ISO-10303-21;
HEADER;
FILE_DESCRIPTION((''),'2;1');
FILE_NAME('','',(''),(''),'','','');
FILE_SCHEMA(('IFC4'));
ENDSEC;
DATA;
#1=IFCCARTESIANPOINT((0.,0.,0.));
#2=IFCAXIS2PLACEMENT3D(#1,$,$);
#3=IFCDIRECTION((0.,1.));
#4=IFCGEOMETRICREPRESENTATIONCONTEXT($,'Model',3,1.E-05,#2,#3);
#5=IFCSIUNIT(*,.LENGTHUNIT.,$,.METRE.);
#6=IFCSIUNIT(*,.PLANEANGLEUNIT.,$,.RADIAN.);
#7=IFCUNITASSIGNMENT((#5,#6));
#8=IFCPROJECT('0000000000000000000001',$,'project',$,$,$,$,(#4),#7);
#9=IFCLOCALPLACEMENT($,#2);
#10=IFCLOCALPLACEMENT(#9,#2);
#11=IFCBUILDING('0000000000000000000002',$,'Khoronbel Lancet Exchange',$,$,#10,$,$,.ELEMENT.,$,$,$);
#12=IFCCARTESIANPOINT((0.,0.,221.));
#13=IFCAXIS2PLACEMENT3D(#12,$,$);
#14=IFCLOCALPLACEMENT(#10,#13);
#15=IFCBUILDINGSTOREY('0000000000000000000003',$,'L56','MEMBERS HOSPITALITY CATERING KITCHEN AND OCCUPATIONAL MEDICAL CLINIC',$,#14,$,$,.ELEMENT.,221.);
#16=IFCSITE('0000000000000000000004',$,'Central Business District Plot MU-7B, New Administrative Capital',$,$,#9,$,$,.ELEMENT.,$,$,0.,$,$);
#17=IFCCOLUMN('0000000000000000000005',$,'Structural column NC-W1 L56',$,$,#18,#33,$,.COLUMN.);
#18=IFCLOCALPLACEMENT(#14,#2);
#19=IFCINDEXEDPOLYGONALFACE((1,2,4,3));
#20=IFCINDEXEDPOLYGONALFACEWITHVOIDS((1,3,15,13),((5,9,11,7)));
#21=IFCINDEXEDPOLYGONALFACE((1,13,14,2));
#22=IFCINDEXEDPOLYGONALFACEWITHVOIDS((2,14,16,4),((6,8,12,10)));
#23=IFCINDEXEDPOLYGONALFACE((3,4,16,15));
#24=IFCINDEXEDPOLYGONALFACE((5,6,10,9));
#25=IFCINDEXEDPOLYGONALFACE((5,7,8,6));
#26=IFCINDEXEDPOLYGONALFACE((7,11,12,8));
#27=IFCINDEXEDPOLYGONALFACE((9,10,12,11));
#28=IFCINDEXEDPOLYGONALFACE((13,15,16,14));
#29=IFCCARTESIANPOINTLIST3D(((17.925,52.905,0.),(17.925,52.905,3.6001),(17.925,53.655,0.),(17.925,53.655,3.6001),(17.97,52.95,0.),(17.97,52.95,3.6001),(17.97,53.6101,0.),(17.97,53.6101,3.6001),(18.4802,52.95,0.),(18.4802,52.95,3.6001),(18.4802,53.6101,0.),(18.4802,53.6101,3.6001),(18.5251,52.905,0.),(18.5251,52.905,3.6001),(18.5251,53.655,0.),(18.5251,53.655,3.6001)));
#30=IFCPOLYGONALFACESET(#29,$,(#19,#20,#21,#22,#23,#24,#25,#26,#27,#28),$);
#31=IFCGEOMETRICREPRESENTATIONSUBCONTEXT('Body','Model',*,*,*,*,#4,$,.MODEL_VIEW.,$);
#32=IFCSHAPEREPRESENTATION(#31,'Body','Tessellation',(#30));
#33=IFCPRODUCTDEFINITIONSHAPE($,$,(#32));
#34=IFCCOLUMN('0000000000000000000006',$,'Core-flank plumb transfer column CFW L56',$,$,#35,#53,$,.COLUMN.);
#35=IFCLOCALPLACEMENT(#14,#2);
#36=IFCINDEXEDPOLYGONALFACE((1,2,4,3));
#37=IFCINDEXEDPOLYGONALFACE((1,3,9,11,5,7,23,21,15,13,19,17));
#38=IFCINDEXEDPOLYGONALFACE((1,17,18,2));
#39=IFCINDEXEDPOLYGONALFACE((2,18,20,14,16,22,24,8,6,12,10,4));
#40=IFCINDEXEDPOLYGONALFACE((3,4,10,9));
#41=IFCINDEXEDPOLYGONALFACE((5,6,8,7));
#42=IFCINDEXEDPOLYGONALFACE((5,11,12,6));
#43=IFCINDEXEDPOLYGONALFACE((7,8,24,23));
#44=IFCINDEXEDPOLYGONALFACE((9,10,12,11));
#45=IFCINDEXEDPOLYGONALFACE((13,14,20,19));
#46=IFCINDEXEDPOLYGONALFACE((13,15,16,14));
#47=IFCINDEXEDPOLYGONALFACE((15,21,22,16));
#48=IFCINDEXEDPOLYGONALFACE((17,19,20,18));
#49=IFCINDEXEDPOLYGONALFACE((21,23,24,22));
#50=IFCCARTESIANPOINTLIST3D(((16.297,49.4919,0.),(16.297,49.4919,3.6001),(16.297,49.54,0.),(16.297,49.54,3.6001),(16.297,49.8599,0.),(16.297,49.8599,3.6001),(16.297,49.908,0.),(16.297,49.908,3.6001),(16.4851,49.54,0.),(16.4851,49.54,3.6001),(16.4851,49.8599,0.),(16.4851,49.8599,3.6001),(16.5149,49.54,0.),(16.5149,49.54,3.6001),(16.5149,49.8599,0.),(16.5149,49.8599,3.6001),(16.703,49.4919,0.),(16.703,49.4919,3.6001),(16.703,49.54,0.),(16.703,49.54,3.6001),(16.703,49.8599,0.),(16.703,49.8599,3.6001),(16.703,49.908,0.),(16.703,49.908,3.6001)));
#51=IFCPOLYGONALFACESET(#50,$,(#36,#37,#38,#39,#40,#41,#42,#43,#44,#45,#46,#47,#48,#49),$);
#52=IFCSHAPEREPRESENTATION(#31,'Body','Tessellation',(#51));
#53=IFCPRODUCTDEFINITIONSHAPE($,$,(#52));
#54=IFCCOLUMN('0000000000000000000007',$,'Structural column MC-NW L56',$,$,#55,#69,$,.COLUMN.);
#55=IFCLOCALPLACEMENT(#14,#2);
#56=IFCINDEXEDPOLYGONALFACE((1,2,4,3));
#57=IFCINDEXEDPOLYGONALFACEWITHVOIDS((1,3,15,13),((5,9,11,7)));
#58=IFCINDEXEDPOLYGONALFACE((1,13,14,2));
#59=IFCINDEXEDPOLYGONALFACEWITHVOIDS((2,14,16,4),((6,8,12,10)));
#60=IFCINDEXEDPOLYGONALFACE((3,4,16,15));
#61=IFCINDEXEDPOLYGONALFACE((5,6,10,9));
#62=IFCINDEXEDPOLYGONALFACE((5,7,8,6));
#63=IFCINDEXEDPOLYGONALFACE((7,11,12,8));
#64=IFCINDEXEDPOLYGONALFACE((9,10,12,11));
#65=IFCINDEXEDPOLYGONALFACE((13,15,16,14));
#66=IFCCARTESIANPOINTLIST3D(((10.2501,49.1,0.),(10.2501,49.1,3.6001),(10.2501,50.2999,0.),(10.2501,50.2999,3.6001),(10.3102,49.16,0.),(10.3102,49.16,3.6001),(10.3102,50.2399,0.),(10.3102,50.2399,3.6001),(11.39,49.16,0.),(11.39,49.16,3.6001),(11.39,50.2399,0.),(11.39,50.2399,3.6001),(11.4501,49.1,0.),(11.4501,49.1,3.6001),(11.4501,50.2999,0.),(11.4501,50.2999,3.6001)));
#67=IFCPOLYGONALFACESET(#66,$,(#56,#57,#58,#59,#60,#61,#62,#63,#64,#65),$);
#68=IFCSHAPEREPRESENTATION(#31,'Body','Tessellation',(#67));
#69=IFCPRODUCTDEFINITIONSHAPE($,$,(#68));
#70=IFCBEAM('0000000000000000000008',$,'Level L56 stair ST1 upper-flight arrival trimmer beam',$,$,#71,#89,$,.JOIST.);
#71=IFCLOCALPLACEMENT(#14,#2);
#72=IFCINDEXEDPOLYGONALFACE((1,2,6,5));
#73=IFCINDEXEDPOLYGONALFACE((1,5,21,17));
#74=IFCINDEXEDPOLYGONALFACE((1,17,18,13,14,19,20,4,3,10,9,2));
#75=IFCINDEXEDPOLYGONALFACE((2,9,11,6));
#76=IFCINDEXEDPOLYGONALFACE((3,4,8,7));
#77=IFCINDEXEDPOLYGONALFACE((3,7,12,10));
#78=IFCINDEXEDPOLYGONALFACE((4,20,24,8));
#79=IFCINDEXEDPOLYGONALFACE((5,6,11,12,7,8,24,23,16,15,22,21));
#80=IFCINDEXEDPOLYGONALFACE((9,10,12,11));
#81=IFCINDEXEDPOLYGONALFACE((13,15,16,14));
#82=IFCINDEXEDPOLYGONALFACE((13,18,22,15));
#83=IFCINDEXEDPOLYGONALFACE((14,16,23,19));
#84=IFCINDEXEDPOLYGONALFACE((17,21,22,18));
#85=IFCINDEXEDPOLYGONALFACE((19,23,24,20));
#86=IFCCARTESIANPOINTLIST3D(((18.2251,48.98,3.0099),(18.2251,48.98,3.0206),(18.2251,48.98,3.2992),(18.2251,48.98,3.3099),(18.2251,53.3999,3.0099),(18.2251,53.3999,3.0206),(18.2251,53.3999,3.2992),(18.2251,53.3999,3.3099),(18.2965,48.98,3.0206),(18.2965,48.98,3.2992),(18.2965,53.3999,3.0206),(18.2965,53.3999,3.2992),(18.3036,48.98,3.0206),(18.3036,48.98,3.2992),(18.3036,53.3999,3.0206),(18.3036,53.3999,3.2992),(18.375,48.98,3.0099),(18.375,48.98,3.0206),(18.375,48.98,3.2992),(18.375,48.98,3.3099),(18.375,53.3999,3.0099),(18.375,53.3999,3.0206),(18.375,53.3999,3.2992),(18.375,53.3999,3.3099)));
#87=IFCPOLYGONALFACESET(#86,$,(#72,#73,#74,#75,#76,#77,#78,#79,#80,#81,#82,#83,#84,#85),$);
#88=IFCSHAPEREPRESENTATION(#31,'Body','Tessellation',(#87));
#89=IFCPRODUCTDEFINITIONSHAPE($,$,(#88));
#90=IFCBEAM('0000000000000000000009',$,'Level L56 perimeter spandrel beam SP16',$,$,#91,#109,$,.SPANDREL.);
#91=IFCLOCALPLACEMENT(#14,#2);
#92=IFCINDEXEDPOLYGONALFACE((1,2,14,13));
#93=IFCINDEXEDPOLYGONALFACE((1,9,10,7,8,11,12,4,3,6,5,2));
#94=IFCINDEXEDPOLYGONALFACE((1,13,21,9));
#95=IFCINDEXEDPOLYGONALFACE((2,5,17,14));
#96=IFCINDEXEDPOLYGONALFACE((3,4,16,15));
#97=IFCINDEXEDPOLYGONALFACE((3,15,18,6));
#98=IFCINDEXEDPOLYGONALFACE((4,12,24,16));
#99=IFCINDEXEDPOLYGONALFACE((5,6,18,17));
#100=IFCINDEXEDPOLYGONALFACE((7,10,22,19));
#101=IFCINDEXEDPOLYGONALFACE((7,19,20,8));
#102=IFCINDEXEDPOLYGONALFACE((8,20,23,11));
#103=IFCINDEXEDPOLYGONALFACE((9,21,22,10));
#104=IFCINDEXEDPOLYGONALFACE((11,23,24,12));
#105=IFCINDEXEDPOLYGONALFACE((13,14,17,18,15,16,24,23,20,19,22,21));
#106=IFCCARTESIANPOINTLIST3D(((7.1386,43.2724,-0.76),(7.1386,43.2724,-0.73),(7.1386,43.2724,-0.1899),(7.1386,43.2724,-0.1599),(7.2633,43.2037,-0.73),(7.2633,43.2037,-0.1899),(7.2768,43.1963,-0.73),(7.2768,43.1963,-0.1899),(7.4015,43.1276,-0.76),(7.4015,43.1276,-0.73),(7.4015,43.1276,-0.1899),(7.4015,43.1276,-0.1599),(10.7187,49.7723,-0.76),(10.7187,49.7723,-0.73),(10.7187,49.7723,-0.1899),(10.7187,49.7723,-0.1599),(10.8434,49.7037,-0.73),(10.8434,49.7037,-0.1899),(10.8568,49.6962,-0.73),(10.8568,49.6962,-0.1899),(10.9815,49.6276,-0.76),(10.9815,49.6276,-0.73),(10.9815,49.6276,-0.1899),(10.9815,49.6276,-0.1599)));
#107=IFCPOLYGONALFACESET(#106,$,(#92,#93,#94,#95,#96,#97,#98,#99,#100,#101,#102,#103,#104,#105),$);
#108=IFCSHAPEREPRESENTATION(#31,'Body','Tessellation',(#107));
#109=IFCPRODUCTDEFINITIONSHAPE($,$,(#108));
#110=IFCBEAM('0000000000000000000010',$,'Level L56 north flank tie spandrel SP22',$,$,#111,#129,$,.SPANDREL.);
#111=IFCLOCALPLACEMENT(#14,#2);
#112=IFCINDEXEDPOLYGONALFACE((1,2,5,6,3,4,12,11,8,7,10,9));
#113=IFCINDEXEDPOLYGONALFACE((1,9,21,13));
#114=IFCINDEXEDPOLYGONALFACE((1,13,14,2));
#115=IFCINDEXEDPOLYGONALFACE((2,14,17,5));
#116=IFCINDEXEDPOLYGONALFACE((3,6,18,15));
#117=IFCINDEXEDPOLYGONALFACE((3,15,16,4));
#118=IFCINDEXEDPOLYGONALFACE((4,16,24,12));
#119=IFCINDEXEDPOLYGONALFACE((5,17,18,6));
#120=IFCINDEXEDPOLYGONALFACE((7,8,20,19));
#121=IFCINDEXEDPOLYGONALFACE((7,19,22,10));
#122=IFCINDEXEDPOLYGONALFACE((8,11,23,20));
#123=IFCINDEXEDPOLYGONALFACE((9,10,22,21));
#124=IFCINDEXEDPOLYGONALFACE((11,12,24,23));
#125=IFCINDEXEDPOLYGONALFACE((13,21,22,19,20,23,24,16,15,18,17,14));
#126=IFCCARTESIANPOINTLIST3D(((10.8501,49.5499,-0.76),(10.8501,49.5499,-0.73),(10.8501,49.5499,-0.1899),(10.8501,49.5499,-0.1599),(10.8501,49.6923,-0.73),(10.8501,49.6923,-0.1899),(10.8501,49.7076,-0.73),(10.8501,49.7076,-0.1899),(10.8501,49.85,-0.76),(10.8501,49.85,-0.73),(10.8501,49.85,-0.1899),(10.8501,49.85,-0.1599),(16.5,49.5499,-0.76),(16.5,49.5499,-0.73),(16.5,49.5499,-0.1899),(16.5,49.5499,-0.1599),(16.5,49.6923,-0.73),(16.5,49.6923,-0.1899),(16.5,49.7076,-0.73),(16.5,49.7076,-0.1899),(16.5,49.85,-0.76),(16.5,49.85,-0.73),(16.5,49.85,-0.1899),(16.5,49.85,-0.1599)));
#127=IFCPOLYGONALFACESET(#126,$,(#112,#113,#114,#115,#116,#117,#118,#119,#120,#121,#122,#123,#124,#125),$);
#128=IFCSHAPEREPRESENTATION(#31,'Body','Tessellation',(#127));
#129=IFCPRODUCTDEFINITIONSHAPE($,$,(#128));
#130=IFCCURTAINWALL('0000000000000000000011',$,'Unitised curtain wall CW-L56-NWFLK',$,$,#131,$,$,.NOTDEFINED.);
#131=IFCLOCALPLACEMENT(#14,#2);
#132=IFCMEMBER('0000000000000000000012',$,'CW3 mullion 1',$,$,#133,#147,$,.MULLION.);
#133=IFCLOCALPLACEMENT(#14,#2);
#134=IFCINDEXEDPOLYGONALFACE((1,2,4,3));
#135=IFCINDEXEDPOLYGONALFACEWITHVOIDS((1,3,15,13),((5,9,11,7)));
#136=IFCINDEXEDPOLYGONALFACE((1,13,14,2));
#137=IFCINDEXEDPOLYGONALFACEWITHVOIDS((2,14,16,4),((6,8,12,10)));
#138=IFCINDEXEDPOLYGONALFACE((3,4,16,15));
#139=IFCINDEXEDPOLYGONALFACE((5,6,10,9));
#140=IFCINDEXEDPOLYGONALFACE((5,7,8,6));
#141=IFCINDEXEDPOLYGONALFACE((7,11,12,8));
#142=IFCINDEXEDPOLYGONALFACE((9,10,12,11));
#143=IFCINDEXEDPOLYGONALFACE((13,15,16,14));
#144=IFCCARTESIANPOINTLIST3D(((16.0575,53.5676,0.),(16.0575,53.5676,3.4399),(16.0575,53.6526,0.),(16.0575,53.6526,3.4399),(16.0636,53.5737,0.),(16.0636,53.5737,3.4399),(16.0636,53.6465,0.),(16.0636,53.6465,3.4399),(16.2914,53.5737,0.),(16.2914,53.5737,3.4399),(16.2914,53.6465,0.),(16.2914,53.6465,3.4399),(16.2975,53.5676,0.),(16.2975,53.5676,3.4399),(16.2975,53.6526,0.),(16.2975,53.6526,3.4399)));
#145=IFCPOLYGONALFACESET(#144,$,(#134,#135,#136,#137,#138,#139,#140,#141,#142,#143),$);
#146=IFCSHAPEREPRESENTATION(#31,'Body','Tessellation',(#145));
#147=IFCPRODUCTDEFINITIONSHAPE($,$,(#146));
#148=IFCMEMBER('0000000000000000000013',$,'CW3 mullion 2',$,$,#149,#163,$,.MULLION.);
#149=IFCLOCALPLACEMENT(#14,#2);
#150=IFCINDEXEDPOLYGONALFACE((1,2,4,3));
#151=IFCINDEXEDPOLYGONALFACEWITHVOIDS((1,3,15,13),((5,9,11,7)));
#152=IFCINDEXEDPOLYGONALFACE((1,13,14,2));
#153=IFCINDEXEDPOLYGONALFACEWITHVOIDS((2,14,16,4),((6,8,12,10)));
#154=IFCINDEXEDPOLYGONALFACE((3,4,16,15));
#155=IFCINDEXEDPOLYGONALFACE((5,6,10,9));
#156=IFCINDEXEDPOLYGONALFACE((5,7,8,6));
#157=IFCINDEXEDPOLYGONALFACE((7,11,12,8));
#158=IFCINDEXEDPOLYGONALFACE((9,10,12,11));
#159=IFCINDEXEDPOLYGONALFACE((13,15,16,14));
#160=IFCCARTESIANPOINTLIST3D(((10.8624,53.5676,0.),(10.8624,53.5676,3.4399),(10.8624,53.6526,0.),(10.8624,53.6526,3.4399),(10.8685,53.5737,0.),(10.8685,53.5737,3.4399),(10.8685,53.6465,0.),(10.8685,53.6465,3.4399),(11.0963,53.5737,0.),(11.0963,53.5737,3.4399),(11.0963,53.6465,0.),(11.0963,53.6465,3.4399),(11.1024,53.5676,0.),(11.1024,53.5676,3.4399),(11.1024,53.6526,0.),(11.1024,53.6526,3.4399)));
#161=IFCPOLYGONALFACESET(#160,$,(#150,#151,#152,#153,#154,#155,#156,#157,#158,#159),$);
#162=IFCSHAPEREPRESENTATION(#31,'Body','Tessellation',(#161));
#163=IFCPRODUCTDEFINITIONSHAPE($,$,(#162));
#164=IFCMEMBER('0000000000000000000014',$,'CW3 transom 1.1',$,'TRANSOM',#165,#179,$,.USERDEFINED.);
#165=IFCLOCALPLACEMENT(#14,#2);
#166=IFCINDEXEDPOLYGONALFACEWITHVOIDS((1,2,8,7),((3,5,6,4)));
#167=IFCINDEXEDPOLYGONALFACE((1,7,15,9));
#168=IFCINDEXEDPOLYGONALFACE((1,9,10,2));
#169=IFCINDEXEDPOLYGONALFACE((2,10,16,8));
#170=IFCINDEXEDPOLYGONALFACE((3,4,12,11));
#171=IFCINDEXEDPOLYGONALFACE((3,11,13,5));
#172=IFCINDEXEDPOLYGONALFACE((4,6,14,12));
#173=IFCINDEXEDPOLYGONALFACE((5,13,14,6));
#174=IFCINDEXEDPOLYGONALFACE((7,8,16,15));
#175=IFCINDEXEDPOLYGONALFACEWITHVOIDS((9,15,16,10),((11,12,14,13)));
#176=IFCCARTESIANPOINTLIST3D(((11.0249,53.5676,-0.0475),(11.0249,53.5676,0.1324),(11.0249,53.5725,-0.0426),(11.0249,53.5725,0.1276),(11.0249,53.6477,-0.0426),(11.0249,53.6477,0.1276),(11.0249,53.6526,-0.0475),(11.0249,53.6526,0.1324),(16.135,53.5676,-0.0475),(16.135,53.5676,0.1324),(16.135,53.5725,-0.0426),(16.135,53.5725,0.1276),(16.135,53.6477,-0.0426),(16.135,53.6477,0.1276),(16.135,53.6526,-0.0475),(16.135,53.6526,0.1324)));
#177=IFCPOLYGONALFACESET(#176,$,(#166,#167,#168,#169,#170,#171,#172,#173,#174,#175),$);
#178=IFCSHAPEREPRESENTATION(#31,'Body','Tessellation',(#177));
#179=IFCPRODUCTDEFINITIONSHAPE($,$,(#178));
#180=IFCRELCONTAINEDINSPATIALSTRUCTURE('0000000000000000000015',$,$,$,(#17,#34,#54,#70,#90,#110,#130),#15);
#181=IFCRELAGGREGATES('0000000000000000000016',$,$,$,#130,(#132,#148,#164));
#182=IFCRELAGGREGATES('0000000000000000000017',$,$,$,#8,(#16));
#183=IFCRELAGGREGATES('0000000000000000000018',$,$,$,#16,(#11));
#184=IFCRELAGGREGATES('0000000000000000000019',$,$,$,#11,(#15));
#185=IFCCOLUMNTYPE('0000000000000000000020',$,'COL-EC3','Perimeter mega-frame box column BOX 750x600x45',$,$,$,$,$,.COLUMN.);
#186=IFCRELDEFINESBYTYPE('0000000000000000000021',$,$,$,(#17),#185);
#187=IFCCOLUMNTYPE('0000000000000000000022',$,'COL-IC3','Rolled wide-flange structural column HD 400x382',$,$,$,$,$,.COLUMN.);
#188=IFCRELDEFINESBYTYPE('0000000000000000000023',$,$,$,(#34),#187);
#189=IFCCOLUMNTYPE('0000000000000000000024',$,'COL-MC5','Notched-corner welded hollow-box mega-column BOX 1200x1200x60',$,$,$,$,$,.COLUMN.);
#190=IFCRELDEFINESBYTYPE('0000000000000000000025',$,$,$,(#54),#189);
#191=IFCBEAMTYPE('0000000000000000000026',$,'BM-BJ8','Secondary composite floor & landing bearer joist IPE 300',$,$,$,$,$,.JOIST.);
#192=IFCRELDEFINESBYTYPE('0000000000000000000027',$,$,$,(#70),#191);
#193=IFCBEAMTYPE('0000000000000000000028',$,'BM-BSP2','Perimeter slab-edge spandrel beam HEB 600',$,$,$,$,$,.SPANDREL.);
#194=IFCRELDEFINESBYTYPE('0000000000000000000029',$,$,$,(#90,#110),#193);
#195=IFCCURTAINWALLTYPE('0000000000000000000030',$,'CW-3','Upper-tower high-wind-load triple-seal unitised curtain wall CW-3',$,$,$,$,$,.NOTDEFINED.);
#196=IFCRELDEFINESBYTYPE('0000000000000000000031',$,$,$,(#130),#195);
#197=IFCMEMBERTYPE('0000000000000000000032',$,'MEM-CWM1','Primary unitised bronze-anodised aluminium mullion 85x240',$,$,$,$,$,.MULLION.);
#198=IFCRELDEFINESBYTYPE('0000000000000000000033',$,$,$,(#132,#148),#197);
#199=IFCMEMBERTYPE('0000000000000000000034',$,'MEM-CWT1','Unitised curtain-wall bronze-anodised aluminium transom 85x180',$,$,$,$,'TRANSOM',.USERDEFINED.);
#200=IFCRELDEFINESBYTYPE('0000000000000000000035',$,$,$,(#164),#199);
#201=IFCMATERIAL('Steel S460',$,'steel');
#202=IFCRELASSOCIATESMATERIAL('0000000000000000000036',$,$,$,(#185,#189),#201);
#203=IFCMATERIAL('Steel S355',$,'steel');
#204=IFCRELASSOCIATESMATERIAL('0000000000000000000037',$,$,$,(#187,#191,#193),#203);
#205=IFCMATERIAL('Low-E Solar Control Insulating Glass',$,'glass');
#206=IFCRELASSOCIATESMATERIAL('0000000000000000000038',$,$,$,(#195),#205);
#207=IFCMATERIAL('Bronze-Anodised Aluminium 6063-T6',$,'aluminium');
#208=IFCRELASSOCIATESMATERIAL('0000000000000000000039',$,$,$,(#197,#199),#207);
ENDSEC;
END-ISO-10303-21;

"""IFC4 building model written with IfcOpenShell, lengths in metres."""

from ifc_helpers import new_model, si_unit, direction, frame, origin, origin_2d, place, context, subcontext, project, spatial, hollow_rectangle, i_section, extrude, material, material_profile, profile_set, type_object, element, aggregate, save


model = new_model("IFC4")

# Units and contexts
model_context = context("Model", 3, precision=1e-05, world=origin(), true_north=direction((0.0, 1.0)))
body_context = subcontext(model_context, "Body", "Model", "MODEL_VIEW")
ifc_project = project(units=[si_unit("LENGTHUNIT", "METRE"), si_unit("PLANEANGLEUNIT", "RADIAN")], contexts=[model_context])

# Site, building, storey
site_placement = place(None, origin())
site = spatial("IfcSite", under=ifc_project, at=site_placement, Name="Central Business District Plot MU-7B, New Administrative Capital", CompositionType="ELEMENT", RefElevation=0.0)
building_placement = place(site_placement, origin())
building = spatial("IfcBuilding", under=site, at=building_placement, Name="Khoronbel Lancet Exchange", CompositionType="ELEMENT")
storey_placement = place(building_placement, frame((0.0, 0.0, 221.0)))
storey = spatial("IfcBuildingStorey", under=building, at=storey_placement, Name="L56", Description="MEMBERS HOSPITALITY CATERING KITCHEN AND OCCUPATIONAL MEDICAL CLINIC", CompositionType="ELEMENT", Elevation=221.0)

# Columns
ifc_material_1 = material(Name="Steel S460", Category="steel")
ifc_material_profile_1 = material_profile(ifc_material_1, hollow_rectangle(XDim=0.6001, YDim=0.75, WallThickness=0.0449, at=origin_2d()), Name="BOX 750x600x45")
ifc_profile_set_1 = profile_set([ifc_material_profile_1], Name="Steel S460")
column_type_1 = type_object("IfcColumnType", Name="COL-EC3", Description="Perimeter mega-frame box column BOX 750x600x45", PredefinedType="COLUMN", material=ifc_profile_set_1)
column_1_placement = place(storey_placement, frame((18.2251, 53.28, 0.0), z_axis=(0.0, 0.0, 1.0), x_axis=(1.0, 0.0, 0.0)))
element("IfcColumn", 1, at=column_1_placement, inside=storey, type_object=column_type_1, Name="Structural column NC-W1 L56", PredefinedType="COLUMN", context=body_context, shape_type="SweptSolid", body=[
    extrude(hollow_rectangle(XDim=0.6001, YDim=0.75, WallThickness=0.0449, at=origin_2d()), origin(), (0.0, 0.0, 1.0), 3.6001),
])
ifc_material_2 = material(Name="Steel S355", Category="steel")
ifc_material_profile_2 = material_profile(ifc_material_2, i_section(OverallWidth=0.406, OverallDepth=0.416, WebThickness=0.0298, FlangeThickness=0.0481, at=origin_2d()), Name="HD 400x382")
ifc_profile_set_2 = profile_set([ifc_material_profile_2], Name="Steel S355")
column_type_2 = type_object("IfcColumnType", Name="COL-IC3", Description="Rolled wide-flange structural column HD 400x382", PredefinedType="COLUMN", material=ifc_profile_set_2)
column_2_placement = place(storey_placement, frame((16.5, 49.7, 0.0), z_axis=(0.0, 0.0, 1.0), x_axis=(1.0, 0.0, 0.0)))
element("IfcColumn", 2, at=column_2_placement, inside=storey, type_object=column_type_2, Name="Core-flank plumb transfer column CFW L56", PredefinedType="COLUMN", context=body_context, shape_type="SweptSolid", body=[
    extrude(i_section(OverallWidth=0.406, OverallDepth=0.416, WebThickness=0.0298, FlangeThickness=0.0481, at=origin_2d()), origin(), (0.0, 0.0, 1.0), 3.6001),
])
ifc_material_profile_3 = material_profile(ifc_material_1, hollow_rectangle(XDim=1.2, YDim=1.2, WallThickness=0.0601, at=origin_2d()), Name="BOX 1200x1200x60")
ifc_profile_set_3 = profile_set([ifc_material_profile_3], Name="Steel S460")
column_type_3 = type_object("IfcColumnType", Name="COL-MC5", Description="Notched-corner welded hollow-box mega-column BOX 1200x1200x60", PredefinedType="COLUMN", material=ifc_profile_set_3)
column_3_placement = place(storey_placement, frame((10.8501, 49.7, 0.0), z_axis=(0.0, 0.0, 1.0), x_axis=(1.0, 0.0, 0.0)))
element("IfcColumn", 3, at=column_3_placement, inside=storey, type_object=column_type_3, Name="Structural column MC-NW L56", PredefinedType="COLUMN", context=body_context, shape_type="SweptSolid", body=[
    extrude(hollow_rectangle(XDim=1.2, YDim=1.2, WallThickness=0.0601, at=origin_2d()), origin(), (0.0, 0.0, 1.0), 3.6001),
])

# Beams
ifc_material_profile_4 = material_profile(ifc_material_2, i_section(OverallWidth=0.1499, OverallDepth=0.3, WebThickness=0.0071, FlangeThickness=0.0107, at=origin_2d()), Name="IPE 300")
ifc_profile_set_4 = profile_set([ifc_material_profile_4], Name="Steel S355")
beam_type_1 = type_object("IfcBeamType", Name="BM-BJ8", Description="Secondary composite floor & landing bearer joist IPE 300", PredefinedType="JOIST", material=ifc_profile_set_4)
beam_1_placement = place(storey_placement, frame((18.3, 48.98, 3.1599), z_axis=(0.0, 1.0, 0.0), x_axis=(-1.0, 0.0, 0.0)))
element("IfcBeam", 4, at=beam_1_placement, inside=storey, type_object=beam_type_1, Name="Level L56 stair ST1 upper-flight arrival trimmer beam", PredefinedType="JOIST", context=body_context, shape_type="SweptSolid", body=[
    extrude(i_section(OverallWidth=0.1499, OverallDepth=0.3, WebThickness=0.0071, FlangeThickness=0.0107, at=origin_2d()), origin(), (0.0, 0.0, 1.0), 4.4199),
])
ifc_material_profile_5 = material_profile(ifc_material_2, i_section(OverallWidth=0.3, OverallDepth=0.6001, WebThickness=0.0154, FlangeThickness=0.03, at=origin_2d()), Name="HEB 600")
ifc_profile_set_5 = profile_set([ifc_material_profile_5], Name="Steel S355")
beam_type_2 = type_object("IfcBeamType", Name="BM-BSP2", Description="Perimeter slab-edge spandrel beam HEB 600", PredefinedType="SPANDREL", material=ifc_profile_set_5)
beam_2_placement = place(storey_placement, frame((10.8501, 49.7, -0.46), z_axis=(-0.482444, -0.875927, 0.0), x_axis=(0.875927, -0.482444, 0.0)))
element("IfcBeam", 5, at=beam_2_placement, inside=storey, type_object=beam_type_2, Name="Level L56 perimeter spandrel beam SP16", PredefinedType="SPANDREL", context=body_context, shape_type="SweptSolid", body=[
    extrude(i_section(OverallWidth=0.3, OverallDepth=0.6001, WebThickness=0.0154, FlangeThickness=0.03, at=origin_2d()), origin(), (0.0, 0.0, 1.0), 7.4207),
])
beam_3_placement = place(storey_placement, frame((10.8501, 49.7, -0.46), z_axis=(1.0, 0.0, 0.0), x_axis=(0.0, 1.0, 0.0)))
element("IfcBeam", 6, at=beam_3_placement, inside=storey, type_object=beam_type_2, Name="Level L56 north flank tie spandrel SP22", PredefinedType="SPANDREL", context=body_context, shape_type="SweptSolid", body=[
    extrude(i_section(OverallWidth=0.3, OverallDepth=0.6001, WebThickness=0.0154, FlangeThickness=0.03, at=origin_2d()), origin(), (0.0, 0.0, 1.0), 5.6499),
])

# Curtain wall, members
ifc_material_3 = material(Name="Low-E Solar Control Insulating Glass", Category="glass")
curtain_wall_type = type_object("IfcCurtainWallType", Name="CW-3", Description="Upper-tower high-wind-load triple-seal unitised curtain wall CW-3", PredefinedType="NOTDEFINED", material=ifc_material_3)
curtain_wall_placement = place(storey_placement, origin())
curtain_wall = element("IfcCurtainWall", 7, at=curtain_wall_placement, inside=storey, type_object=curtain_wall_type, Name="Unitised curtain wall CW-L56-NWFLK", PredefinedType="NOTDEFINED")
ifc_material_4 = material(Name="Bronze-Anodised Aluminium 6063-T6", Category="aluminium")
ifc_material_profile_6 = material_profile(ifc_material_4, hollow_rectangle(XDim=0.085, YDim=0.24, WallThickness=0.0061, at=origin_2d()), Name="ALU MULLION 85x240")
ifc_profile_set_6 = profile_set([ifc_material_profile_6], Name="Bronze-Anodised Aluminium 6063-T6")
member_type_1 = type_object("IfcMemberType", Name="MEM-CWM1", Description="Primary unitised bronze-anodised aluminium mullion 85x240", PredefinedType="MULLION", material=ifc_profile_set_6)
member_1_placement = place(storey_placement, frame((16.1775, 53.6101, 0.0), z_axis=(0.0, 0.0, 1.0), x_axis=(0.0, -1.0, 0.0)))
member_1 = element("IfcMember", 8, at=member_1_placement, type_object=member_type_1, Name="CW3 mullion 1", PredefinedType="MULLION", context=body_context, shape_type="SweptSolid", body=[
    extrude(hollow_rectangle(XDim=0.085, YDim=0.24, WallThickness=0.0061, at=origin_2d()), origin(), (0.0, 0.0, 1.0), 3.4399),
])
member_2_placement = place(storey_placement, frame((10.9824, 53.6101, 0.0), z_axis=(0.0, 0.0, 1.0), x_axis=(0.0, -1.0, 0.0)))
member_2 = element("IfcMember", 9, at=member_2_placement, type_object=member_type_1, Name="CW3 mullion 2", PredefinedType="MULLION", context=body_context, shape_type="SweptSolid", body=[
    extrude(hollow_rectangle(XDim=0.085, YDim=0.24, WallThickness=0.0061, at=origin_2d()), origin(), (0.0, 0.0, 1.0), 3.4399),
])
ifc_material_profile_7 = material_profile(ifc_material_4, hollow_rectangle(XDim=0.085, YDim=0.1799, WallThickness=0.0049, at=origin_2d()), Name="ALU TRANSOM 85x180")
ifc_profile_set_7 = profile_set([ifc_material_profile_7], Name="Bronze-Anodised Aluminium 6063-T6")
member_type_2 = type_object("IfcMemberType", Name="MEM-CWT1", Description="Unitised curtain-wall bronze-anodised aluminium transom 85x180", ElementType="TRANSOM", PredefinedType="USERDEFINED", material=ifc_profile_set_7)
member_3_placement = place(storey_placement, frame((16.135, 53.6101, 0.0425), z_axis=(-1.0, 0.0, 0.0), x_axis=(0.0, -1.0, 0.0)))
member_3 = element("IfcMember", 10, at=member_3_placement, type_object=member_type_2, Name="CW3 transom 1.1", ObjectType="TRANSOM", PredefinedType="USERDEFINED", context=body_context, shape_type="SweptSolid", body=[
    extrude(hollow_rectangle(XDim=0.085, YDim=0.1799, WallThickness=0.0049, at=origin_2d()), origin(), (0.0, 0.0, 1.0), 5.1101),
])

aggregate(curtain_wall, [member_1, member_2, member_3])

save(model, "model.ifc")
